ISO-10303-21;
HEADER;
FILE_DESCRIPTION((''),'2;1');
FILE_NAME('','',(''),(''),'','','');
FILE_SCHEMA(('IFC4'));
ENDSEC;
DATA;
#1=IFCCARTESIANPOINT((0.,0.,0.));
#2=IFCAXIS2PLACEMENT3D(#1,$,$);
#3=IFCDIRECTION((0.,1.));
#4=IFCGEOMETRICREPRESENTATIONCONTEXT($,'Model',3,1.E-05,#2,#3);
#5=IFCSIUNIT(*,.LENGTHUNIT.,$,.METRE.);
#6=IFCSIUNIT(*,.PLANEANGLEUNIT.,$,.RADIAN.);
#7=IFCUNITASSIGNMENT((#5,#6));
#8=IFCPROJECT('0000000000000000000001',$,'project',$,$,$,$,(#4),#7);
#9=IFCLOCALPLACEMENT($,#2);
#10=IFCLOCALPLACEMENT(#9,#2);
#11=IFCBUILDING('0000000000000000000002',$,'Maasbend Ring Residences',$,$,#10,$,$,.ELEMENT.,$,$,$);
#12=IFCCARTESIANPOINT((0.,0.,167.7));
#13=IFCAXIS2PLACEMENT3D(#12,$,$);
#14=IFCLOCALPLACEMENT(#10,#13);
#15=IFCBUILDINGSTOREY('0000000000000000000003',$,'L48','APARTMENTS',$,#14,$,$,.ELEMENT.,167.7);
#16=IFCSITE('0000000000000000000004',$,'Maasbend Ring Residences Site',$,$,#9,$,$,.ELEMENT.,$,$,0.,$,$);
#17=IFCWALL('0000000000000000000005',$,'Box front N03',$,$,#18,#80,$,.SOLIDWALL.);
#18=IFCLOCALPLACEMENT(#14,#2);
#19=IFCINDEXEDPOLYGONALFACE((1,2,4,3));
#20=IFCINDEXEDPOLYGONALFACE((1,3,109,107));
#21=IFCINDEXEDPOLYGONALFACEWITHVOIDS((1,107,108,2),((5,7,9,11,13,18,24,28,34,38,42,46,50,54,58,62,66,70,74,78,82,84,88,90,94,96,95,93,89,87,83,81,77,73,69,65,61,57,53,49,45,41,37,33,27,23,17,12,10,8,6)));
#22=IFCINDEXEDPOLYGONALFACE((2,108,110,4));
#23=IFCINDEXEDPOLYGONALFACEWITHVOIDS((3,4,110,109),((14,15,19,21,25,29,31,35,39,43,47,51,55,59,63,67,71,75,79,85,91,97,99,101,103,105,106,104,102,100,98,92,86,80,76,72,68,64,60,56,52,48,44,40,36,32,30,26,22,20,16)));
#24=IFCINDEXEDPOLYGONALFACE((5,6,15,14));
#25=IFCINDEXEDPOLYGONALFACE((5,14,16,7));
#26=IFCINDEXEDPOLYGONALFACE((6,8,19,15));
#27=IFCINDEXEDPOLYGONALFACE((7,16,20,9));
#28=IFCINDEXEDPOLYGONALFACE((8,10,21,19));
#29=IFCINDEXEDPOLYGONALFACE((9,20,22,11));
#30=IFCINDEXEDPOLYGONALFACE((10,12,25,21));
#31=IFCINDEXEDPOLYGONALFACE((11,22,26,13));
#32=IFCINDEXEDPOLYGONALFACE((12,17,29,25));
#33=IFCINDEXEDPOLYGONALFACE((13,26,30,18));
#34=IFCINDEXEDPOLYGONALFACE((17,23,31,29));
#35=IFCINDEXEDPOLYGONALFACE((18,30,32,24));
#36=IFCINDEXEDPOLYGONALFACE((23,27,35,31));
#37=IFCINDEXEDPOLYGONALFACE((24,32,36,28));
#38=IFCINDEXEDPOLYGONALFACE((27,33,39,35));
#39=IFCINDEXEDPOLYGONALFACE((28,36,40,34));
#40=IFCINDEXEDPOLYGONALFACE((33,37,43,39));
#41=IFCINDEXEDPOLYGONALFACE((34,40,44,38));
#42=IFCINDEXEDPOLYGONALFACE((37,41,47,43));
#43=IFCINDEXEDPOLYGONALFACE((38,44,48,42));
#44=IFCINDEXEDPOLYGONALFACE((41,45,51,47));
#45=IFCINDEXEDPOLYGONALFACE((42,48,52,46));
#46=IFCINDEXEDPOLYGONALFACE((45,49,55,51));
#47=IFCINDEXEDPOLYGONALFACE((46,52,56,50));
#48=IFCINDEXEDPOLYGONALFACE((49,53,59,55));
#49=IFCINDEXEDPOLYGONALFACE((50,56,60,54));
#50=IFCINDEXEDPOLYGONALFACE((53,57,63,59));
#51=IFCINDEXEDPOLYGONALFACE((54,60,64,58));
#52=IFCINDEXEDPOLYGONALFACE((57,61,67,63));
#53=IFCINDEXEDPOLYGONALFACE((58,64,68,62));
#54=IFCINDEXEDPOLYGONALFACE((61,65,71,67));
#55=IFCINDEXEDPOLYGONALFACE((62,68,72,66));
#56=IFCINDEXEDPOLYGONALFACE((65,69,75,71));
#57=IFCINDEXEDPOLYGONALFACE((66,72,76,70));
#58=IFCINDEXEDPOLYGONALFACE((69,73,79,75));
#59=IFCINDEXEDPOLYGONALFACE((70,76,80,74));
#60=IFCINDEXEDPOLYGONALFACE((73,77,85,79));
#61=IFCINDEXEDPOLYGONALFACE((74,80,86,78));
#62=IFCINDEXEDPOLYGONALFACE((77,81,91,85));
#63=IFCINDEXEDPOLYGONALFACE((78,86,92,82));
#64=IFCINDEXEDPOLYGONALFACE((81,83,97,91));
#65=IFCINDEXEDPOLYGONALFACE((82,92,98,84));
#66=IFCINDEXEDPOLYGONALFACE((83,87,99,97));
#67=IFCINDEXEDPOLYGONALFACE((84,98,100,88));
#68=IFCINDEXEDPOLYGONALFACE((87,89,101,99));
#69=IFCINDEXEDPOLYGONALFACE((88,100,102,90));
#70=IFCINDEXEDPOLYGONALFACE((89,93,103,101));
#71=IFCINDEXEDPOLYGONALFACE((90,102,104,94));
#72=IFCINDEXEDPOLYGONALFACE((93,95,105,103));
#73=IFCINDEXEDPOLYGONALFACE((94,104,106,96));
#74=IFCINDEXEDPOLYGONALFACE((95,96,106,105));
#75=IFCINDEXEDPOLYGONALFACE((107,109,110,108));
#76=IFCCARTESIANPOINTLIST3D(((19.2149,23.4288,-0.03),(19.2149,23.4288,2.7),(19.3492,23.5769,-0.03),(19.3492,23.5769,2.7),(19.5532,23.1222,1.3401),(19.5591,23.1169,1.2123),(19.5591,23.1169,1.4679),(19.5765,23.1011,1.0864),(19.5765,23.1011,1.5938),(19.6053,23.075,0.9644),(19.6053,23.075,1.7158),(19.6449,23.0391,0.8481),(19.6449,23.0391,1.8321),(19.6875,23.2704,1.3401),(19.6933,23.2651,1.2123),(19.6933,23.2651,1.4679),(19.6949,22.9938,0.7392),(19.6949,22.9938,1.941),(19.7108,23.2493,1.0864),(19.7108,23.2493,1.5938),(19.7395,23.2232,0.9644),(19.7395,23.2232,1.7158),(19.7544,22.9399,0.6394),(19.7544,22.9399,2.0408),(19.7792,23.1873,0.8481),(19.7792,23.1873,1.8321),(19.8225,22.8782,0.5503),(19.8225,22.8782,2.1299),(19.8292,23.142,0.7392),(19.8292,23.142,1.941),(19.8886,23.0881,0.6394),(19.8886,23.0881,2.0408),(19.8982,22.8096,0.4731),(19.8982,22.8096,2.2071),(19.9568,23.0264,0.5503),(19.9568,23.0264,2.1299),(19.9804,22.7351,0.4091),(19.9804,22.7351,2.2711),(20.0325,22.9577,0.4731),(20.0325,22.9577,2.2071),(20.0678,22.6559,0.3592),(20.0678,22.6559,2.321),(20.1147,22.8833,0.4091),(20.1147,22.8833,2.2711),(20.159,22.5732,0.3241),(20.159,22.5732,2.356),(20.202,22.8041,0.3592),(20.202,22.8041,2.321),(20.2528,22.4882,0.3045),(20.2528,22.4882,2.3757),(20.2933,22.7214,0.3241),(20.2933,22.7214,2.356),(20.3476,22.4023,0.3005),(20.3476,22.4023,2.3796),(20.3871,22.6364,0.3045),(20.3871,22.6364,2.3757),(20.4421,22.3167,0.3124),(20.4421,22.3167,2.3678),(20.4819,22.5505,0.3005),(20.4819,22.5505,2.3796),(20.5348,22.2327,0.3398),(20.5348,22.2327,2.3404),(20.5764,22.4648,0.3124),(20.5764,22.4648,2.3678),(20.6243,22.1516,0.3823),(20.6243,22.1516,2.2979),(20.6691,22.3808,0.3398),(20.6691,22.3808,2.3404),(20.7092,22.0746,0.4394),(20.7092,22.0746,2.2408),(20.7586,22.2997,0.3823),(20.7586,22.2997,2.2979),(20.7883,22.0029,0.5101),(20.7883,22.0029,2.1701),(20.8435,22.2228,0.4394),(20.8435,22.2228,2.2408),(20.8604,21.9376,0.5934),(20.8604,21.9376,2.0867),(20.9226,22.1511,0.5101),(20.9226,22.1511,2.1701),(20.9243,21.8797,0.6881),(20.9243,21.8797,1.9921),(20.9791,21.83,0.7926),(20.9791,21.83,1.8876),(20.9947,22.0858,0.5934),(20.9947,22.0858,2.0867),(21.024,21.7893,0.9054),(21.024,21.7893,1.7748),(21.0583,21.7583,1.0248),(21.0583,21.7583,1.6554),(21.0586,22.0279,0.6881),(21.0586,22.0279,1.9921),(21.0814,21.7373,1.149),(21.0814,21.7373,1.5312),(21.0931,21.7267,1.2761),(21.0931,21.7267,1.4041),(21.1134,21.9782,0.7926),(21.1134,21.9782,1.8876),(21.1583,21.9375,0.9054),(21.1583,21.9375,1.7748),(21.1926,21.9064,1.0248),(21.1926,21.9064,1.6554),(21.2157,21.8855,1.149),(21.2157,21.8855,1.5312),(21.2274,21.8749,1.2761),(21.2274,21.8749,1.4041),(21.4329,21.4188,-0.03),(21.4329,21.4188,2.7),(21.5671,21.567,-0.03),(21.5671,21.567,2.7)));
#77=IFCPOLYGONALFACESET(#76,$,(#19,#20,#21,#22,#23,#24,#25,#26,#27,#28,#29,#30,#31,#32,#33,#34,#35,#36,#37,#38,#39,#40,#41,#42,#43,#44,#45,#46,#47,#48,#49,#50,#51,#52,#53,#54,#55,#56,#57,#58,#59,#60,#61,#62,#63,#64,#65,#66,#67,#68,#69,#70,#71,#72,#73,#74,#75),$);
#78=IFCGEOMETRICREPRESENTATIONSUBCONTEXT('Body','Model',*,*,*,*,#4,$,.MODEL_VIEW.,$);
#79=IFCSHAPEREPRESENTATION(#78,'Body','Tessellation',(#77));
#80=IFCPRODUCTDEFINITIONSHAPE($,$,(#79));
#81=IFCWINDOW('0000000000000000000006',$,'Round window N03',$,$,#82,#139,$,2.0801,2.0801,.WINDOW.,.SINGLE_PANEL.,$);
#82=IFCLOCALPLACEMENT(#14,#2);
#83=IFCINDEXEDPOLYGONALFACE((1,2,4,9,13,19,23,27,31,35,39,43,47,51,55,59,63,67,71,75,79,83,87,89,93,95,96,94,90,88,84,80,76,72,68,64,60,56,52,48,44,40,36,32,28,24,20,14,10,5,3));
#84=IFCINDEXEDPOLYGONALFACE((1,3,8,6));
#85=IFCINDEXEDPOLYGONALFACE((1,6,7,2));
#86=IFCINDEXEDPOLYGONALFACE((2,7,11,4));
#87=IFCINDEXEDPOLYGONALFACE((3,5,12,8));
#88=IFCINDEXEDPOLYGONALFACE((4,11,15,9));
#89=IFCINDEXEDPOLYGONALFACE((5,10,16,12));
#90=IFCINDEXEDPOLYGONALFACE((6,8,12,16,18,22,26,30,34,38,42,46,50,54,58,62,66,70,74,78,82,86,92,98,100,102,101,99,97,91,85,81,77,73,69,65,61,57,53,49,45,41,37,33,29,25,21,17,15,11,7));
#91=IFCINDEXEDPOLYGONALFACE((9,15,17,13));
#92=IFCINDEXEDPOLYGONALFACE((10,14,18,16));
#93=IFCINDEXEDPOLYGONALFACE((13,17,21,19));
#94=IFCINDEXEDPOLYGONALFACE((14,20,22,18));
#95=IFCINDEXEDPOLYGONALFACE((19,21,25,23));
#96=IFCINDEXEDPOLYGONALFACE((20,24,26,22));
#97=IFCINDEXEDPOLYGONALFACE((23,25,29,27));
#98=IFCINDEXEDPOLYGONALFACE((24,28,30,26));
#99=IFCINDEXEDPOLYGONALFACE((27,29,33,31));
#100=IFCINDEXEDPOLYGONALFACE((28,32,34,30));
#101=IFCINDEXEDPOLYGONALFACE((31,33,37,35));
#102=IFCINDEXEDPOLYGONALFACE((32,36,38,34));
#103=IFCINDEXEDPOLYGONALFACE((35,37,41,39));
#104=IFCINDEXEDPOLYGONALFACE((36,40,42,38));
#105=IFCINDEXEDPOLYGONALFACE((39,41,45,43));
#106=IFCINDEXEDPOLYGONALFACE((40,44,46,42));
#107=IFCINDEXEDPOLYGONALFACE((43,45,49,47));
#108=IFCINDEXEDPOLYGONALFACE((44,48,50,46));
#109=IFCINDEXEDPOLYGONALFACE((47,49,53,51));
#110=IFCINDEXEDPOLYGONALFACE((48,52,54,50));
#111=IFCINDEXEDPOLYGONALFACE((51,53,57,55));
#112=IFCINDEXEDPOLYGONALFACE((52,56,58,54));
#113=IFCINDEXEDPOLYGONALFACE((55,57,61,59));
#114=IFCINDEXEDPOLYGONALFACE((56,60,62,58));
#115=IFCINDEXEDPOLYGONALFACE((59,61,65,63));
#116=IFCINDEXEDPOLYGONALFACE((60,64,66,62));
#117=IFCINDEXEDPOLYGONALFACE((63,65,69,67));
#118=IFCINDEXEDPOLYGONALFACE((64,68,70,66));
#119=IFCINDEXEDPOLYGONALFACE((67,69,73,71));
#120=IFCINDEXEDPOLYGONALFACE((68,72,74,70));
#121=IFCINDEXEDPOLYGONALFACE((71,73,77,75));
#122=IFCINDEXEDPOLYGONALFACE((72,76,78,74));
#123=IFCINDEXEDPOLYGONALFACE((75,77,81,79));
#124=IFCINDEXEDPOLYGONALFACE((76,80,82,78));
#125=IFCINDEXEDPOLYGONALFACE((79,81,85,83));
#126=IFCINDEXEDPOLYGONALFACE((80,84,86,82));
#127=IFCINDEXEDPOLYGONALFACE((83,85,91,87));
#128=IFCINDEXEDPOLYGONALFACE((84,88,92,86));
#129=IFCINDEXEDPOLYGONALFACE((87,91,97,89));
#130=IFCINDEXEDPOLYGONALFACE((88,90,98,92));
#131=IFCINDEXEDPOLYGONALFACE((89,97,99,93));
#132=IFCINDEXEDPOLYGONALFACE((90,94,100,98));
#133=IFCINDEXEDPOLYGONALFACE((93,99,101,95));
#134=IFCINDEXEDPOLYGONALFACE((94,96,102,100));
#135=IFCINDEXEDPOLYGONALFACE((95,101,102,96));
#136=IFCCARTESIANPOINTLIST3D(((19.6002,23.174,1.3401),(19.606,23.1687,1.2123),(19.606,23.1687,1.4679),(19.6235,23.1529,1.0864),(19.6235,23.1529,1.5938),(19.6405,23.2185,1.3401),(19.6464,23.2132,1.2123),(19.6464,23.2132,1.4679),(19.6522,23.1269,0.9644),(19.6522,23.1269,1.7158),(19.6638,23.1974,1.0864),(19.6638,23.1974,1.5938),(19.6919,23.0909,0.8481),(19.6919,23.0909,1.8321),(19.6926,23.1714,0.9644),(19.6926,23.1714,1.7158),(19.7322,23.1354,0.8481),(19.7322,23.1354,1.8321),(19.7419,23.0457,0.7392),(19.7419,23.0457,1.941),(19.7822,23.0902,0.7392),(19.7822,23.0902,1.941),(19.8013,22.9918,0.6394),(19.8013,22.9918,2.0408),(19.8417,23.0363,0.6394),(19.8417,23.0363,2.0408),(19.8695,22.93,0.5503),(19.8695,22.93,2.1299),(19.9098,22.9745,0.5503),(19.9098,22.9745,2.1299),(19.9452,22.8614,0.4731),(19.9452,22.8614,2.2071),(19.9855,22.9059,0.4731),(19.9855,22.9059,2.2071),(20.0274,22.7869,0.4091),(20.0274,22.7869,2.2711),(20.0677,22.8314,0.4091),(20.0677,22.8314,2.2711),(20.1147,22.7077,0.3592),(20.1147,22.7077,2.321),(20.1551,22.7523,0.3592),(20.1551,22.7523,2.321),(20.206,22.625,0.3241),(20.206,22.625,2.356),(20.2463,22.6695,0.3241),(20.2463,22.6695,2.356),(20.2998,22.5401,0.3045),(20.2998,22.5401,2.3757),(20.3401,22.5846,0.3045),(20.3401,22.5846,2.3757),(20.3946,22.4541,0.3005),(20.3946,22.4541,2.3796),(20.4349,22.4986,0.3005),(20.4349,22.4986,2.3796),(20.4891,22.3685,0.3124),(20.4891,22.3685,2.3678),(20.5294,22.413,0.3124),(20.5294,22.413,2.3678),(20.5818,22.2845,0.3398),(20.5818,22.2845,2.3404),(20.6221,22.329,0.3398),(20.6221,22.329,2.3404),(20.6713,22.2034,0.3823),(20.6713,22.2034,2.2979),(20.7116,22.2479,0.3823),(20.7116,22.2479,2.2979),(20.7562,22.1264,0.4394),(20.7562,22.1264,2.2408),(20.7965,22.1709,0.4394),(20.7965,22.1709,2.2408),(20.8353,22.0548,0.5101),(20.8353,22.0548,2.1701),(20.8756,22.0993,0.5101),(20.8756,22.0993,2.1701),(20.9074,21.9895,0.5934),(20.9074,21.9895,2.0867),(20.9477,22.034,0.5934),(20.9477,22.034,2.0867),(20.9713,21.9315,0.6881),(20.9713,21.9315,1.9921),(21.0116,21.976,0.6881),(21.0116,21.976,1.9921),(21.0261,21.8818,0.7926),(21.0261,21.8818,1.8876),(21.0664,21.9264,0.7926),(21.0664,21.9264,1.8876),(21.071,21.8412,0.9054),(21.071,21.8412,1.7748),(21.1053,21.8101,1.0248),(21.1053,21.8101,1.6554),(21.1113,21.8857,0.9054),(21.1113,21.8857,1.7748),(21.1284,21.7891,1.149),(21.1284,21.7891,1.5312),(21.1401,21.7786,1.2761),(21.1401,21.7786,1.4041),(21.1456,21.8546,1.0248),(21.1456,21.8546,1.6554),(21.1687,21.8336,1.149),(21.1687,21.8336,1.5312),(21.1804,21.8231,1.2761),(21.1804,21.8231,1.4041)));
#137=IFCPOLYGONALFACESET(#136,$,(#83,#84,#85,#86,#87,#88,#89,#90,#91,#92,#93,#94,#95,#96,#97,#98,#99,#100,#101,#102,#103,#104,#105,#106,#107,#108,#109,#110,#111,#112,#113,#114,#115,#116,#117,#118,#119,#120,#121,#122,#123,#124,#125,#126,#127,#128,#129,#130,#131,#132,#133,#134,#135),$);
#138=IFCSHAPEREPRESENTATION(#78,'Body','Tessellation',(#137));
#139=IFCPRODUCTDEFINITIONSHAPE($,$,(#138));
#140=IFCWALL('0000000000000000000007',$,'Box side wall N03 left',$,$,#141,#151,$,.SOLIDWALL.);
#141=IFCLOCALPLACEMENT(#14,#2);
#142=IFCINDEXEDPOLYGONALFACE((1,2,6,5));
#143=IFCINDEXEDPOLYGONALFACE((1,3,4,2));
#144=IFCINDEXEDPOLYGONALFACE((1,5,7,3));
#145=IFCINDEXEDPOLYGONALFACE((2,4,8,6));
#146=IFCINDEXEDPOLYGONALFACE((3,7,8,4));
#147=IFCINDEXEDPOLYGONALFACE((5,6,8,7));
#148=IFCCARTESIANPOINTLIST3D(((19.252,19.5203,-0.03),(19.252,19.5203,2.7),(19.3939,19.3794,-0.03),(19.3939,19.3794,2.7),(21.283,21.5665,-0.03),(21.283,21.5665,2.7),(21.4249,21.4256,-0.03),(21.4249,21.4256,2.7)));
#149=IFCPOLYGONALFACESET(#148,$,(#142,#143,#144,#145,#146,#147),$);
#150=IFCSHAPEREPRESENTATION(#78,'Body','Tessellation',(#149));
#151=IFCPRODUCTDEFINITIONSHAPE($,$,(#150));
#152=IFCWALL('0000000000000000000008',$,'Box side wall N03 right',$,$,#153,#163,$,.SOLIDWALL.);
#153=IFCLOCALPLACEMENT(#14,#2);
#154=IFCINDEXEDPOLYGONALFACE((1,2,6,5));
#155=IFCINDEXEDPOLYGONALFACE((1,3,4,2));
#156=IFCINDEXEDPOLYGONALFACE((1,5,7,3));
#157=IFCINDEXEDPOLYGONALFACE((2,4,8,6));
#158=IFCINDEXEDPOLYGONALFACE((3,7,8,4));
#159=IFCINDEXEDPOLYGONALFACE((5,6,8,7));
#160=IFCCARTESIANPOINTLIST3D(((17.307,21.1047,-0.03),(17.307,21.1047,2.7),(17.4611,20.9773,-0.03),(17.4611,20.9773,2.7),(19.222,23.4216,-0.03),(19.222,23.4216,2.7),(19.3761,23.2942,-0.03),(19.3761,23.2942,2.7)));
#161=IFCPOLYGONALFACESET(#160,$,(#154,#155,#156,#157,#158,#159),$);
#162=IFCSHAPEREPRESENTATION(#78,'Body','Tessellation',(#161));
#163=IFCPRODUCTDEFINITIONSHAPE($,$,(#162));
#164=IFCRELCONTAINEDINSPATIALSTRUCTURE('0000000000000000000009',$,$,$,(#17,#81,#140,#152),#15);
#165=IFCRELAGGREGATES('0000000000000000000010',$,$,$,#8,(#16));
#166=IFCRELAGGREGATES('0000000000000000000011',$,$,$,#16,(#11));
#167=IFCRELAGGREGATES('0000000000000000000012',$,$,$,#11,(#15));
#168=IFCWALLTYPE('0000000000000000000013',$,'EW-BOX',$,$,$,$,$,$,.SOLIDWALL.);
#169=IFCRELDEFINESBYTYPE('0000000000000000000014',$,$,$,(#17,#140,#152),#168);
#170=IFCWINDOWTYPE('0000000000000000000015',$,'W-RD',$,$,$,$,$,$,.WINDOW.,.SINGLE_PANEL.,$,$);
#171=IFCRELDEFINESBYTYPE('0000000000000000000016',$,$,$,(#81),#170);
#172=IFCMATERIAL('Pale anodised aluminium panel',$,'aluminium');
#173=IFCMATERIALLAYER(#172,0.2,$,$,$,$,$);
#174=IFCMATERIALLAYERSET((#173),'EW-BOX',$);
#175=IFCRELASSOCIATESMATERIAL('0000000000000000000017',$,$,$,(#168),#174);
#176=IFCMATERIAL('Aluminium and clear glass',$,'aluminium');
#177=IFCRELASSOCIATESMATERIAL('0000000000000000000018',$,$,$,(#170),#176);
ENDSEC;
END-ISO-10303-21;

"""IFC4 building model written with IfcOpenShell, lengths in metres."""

from ifc_helpers import new_model, si_unit, direction, frame, frame_2d, origin, place, context, subcontext, project, spatial, rectangle, circle, extrude, material, layer, layer_set, type_object, element, fill, save


model = new_model("IFC4")

# Units and contexts
model_context = context("Model", 3, precision=1e-05, world=origin(), true_north=direction((0.0, 1.0)))
body_context = subcontext(model_context, "Body", "Model", "MODEL_VIEW")
ifc_project = project(units=[si_unit("LENGTHUNIT", "METRE"), si_unit("PLANEANGLEUNIT", "RADIAN")], contexts=[model_context])

# Site, building, storey
site_placement = place(None, origin())
site = spatial("IfcSite", under=ifc_project, at=site_placement, Name="Maasbend Ring Residences Site", CompositionType="ELEMENT", RefElevation=0.0)
building_placement = place(site_placement, origin())
building = spatial("IfcBuilding", under=site, at=building_placement, Name="Maasbend Ring Residences", CompositionType="ELEMENT")
storey_placement = place(building_placement, frame((0.0, 0.0, 167.7)))
storey = spatial("IfcBuildingStorey", under=building, at=storey_placement, Name="L48", Description="APARTMENTS", CompositionType="ELEMENT", Elevation=167.7)

# Wall, opening, window
ifc_material_1 = material(Name="Pale anodised aluminium panel", Category="aluminium")
ifc_layer_1 = layer(ifc_material_1, 0.2)
ifc_layer_set_1 = layer_set([ifc_layer_1], Name="EW-BOX")
wall_type_1 = type_object("IfcWallType", Name="EW-BOX", PredefinedType="SOLIDWALL", material=ifc_layer_set_1)
wall_1_placement = place(storey_placement, frame((21.5, 21.4929, -0.03), z_axis=(0.0, 0.0, 1.0), x_axis=(-0.740998, 0.671507, 0.0)))
wall_1 = element("IfcWall", 1, at=wall_1_placement, inside=storey, type_object=wall_type_1, Name="Box front N03", PredefinedType="SOLIDWALL", context=body_context, shape_type="SweptSolid", body=[
    extrude(rectangle(XDim=2.9932, YDim=0.2, at=frame_2d((1.4966, 0.0))), origin(), (0.0, 0.0, 1.0), 2.73),
])
opening_1_placement = place(wall_1_placement, frame((0.4565, 0.0, 0.3301)))
opening_1 = element("IfcOpeningElement", 2, at=opening_1_placement, cuts=wall_1, PredefinedType="OPENING", context=body_context, shape_type="SweptSolid", body=[
    extrude(circle(Radius=1.04, at=frame_2d((1.04, 1.04))), frame((0.0, 0.1099, 0.0), z_axis=(0.0, -1.0, 0.0), x_axis=(1.0, 0.0, 0.0)), (0.0, 0.0, 1.0), 0.22),
])
ifc_material_2 = material(Name="Aluminium and clear glass", Category="aluminium")
window_type_1 = type_object("IfcWindowType", Name="W-RD", PartitioningType="SINGLE_PANEL", PredefinedType="WINDOW", material=ifc_material_2)
window_1_placement = place(opening_1_placement, origin())
window_1 = element("IfcWindow", 3, at=window_1_placement, inside=storey, type_object=window_type_1, Name="Round window N03", OverallHeight=2.0801, OverallWidth=2.0801, PartitioningType="SINGLE_PANEL", PredefinedType="WINDOW", context=body_context, shape_type="SweptSolid", body=[
    extrude(circle(Radius=1.04, at=frame_2d((1.04, 1.04))), frame((0.0, 0.03, 0.0), z_axis=(0.0, -1.0, 0.0), x_axis=(1.0, 0.0, 0.0)), (0.0, 0.0, 1.0), 0.0601),
])
fill(opening_1, window_1)

# Walls
wall_2_placement = place(storey_placement, frame((19.323, 19.45, -0.03), z_axis=(0.0, 0.0, 1.0), x_axis=(0.704477, 0.709727, 0.0)))
element("IfcWall", 4, at=wall_2_placement, inside=storey, type_object=wall_type_1, Name="Box side wall N03 left", PredefinedType="SOLIDWALL", context=body_context, shape_type="SweptSolid", body=[
    extrude(rectangle(XDim=2.8831, YDim=0.2, at=frame_2d((1.4414, 0.0))), origin(), (0.0, 0.0, 1.0), 2.73),
])
wall_3_placement = place(storey_placement, frame((17.384, 21.041, -0.03), z_axis=(0.0, 0.0, 1.0), x_axis=(0.637096, 0.770785, 0.0)))
element("IfcWall", 5, at=wall_3_placement, inside=storey, type_object=wall_type_1, Name="Box side wall N03 right", PredefinedType="SOLIDWALL", context=body_context, shape_type="SweptSolid", body=[
    extrude(rectangle(XDim=3.0059, YDim=0.2, at=frame_2d((1.5029, 0.0))), origin(), (0.0, 0.0, 1.0), 2.73),
])

save(model, "model.ifc")
